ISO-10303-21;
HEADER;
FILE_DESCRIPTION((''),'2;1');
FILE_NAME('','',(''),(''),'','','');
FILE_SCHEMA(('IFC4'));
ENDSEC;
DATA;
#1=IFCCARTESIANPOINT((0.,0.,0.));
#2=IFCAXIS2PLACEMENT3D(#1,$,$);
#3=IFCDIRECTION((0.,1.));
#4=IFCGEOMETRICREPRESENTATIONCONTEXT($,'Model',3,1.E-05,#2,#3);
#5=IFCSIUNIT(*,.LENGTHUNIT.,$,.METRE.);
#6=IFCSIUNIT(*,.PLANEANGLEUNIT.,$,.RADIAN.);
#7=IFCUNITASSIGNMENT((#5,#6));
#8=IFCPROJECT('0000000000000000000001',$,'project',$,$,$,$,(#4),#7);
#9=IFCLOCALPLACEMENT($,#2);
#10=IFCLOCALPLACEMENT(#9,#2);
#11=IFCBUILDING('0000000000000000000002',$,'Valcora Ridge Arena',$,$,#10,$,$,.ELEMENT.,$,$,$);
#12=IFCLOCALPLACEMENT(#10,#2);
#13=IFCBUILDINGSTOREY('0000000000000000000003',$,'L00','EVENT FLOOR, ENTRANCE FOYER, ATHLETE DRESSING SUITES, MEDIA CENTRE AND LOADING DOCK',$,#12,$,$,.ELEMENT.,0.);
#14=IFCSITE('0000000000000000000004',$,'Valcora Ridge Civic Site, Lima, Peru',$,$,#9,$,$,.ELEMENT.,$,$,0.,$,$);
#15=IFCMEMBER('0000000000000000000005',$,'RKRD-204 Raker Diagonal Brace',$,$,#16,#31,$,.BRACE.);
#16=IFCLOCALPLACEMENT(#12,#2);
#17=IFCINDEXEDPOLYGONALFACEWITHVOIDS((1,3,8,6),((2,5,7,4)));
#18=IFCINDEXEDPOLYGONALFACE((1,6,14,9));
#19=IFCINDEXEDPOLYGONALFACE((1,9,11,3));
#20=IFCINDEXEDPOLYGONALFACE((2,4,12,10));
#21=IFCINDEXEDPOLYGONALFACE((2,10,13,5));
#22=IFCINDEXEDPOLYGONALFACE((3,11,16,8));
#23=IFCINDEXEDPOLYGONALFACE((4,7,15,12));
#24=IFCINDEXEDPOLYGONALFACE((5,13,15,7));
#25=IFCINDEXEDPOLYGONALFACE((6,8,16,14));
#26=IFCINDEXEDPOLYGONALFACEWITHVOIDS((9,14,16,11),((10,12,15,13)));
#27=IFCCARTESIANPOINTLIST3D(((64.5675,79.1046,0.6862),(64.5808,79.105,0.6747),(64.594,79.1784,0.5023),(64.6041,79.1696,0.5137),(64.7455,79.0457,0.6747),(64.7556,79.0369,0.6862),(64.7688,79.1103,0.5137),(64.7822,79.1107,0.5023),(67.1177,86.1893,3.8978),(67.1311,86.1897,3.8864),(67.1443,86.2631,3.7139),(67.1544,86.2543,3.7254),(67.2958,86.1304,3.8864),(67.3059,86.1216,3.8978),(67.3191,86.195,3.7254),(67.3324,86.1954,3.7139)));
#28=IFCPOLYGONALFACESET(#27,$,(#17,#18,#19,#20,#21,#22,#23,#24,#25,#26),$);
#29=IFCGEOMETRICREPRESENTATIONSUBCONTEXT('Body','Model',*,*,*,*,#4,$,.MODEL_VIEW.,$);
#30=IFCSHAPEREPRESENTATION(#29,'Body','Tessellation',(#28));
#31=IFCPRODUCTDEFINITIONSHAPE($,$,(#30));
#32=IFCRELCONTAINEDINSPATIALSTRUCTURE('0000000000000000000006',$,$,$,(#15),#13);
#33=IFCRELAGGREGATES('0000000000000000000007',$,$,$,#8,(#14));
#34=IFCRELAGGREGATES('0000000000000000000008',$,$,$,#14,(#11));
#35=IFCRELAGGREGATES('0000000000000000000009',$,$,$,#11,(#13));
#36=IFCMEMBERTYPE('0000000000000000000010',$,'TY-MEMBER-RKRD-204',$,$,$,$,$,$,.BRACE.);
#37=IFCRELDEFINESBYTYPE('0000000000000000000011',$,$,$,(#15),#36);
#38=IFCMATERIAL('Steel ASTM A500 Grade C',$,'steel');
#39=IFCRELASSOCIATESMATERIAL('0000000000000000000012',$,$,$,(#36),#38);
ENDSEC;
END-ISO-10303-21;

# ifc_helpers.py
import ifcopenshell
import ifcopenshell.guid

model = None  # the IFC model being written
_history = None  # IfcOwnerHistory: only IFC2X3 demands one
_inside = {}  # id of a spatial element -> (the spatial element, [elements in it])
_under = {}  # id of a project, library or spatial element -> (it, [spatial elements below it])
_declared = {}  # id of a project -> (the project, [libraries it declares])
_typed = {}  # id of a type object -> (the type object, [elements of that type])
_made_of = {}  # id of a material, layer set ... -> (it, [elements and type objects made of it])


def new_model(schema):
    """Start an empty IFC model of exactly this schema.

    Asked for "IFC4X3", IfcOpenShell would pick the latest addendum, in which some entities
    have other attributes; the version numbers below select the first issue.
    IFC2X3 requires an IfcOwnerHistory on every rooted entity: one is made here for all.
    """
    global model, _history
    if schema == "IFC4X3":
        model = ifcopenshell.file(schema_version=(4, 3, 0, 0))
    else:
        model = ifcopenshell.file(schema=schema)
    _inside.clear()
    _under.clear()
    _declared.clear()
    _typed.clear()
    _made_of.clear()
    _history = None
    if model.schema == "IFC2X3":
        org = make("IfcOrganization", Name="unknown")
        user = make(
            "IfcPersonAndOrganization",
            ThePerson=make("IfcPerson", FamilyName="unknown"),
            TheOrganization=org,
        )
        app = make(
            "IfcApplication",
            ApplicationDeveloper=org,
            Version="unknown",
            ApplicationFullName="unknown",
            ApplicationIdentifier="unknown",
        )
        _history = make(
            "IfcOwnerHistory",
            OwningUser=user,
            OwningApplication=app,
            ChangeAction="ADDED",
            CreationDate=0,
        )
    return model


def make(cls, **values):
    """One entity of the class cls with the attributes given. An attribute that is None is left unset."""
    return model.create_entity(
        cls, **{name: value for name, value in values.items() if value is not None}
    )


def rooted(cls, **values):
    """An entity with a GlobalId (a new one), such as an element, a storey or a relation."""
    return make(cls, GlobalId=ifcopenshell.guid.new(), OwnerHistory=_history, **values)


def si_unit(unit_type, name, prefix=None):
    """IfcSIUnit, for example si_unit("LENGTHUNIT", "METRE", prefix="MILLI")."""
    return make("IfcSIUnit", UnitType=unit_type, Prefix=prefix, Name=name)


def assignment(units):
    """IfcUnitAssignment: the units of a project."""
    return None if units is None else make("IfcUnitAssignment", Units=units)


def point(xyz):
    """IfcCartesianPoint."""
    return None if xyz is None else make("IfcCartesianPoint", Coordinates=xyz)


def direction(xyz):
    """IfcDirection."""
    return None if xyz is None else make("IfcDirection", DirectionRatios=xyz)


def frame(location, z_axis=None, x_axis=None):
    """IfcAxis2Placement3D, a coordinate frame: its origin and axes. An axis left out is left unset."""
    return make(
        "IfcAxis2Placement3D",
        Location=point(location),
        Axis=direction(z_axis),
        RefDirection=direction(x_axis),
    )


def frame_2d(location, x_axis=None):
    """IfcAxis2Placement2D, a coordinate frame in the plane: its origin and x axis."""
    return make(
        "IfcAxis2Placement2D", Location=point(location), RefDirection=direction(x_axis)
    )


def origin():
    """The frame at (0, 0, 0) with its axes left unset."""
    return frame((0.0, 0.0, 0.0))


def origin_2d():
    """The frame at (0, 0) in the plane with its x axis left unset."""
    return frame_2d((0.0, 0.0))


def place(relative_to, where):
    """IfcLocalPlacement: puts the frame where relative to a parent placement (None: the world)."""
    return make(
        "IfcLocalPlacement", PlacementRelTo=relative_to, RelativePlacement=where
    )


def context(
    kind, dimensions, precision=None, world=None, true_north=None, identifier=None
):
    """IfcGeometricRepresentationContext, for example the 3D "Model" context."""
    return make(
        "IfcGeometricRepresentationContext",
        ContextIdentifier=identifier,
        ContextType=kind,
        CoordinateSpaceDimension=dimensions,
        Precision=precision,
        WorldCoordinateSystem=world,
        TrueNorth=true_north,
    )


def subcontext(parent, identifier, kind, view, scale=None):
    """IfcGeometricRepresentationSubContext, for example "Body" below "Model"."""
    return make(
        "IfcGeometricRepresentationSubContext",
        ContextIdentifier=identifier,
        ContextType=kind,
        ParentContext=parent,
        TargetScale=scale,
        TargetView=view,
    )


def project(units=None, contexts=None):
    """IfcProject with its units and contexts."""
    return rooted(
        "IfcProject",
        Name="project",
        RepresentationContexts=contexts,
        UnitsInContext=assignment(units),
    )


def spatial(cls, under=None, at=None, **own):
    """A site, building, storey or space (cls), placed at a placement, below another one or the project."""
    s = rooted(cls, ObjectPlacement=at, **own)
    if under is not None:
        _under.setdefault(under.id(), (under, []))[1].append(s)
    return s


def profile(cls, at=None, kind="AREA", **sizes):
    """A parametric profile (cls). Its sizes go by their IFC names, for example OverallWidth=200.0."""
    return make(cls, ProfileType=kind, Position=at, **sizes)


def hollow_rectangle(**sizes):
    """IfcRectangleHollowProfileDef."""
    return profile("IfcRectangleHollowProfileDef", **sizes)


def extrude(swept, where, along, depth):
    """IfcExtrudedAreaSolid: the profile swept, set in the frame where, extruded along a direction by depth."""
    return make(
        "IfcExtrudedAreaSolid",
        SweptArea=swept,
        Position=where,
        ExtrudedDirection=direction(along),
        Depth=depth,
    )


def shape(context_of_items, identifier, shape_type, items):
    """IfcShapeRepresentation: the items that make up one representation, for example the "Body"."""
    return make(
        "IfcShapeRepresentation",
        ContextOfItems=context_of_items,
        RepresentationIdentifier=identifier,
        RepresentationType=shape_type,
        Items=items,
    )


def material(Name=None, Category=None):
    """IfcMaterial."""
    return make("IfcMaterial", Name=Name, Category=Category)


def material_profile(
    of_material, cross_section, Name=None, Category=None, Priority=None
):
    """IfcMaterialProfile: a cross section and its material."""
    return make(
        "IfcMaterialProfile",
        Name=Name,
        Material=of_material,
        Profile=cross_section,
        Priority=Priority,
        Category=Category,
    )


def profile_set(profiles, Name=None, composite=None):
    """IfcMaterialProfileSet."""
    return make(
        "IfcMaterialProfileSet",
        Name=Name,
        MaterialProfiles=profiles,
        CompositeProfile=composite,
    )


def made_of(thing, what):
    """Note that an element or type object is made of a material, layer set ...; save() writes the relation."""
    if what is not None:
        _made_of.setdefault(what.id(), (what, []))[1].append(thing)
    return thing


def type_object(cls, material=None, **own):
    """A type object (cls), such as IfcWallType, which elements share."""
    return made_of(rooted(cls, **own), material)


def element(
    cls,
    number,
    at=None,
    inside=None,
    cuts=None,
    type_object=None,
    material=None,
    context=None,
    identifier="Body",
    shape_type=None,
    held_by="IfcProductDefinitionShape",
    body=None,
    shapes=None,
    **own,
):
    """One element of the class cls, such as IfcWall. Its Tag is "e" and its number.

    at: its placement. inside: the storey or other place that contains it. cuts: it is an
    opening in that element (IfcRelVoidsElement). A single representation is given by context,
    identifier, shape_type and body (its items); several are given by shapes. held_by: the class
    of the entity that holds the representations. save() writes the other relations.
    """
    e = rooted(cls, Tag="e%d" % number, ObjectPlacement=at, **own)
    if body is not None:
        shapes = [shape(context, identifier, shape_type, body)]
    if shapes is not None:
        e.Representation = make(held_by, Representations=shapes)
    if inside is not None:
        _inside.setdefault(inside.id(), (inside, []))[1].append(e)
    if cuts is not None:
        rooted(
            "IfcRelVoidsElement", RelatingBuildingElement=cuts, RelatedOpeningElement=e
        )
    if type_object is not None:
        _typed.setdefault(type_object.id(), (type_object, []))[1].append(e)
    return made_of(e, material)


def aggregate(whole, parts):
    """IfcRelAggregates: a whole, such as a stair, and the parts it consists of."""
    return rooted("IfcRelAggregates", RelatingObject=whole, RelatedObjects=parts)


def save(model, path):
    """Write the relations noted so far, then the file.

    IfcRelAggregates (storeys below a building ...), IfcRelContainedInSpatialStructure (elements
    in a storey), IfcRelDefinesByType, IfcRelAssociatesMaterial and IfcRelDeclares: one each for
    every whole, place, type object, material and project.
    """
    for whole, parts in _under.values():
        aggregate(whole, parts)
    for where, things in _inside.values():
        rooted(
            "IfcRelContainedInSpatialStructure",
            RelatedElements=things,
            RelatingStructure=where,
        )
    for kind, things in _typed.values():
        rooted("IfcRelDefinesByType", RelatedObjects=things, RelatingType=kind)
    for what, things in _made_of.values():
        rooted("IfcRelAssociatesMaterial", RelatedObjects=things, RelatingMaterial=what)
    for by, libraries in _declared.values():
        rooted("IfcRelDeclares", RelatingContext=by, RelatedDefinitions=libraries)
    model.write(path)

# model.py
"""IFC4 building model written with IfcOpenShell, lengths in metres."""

from ifc_helpers import new_model, si_unit, direction, frame, origin, origin_2d, place, context, subcontext, project, spatial, hollow_rectangle, extrude, material, material_profile, profile_set, type_object, element, save


model = new_model("IFC4")

# Units and contexts
model_context = context("Model", 3, precision=1e-05, world=origin(), true_north=direction((0.0, 1.0)))
body_context = subcontext(model_context, "Body", "Model", "MODEL_VIEW")
ifc_project = project(units=[si_unit("LENGTHUNIT", "METRE"), si_unit("PLANEANGLEUNIT", "RADIAN")], contexts=[model_context])

# Site, building, storey
site_placement = place(None, origin())
site = spatial("IfcSite", under=ifc_project, at=site_placement, Name="Valcora Ridge Civic Site, Lima, Peru", CompositionType="ELEMENT", RefElevation=0.0)
building_placement = place(site_placement, origin())
building = spatial("IfcBuilding", under=site, at=building_placement, Name="Valcora Ridge Arena", CompositionType="ELEMENT")
storey_placement = place(building_placement, origin())
storey = spatial("IfcBuildingStorey", under=building, at=storey_placement, Name="L00", Description="EVENT FLOOR, ENTRANCE FOYER, ATHLETE DRESSING SUITES, MEDIA CENTRE AND LOADING DOCK", CompositionType="ELEMENT", Elevation=0.0)

# Member
ifc_material_1 = material(Name="Steel ASTM A500 Grade C", Category="steel")
ifc_material_profile_1 = material_profile(ifc_material_1, hollow_rectangle(XDim=0.2, YDim=0.2, WallThickness=0.0125, at=origin_2d()), Name="HSS200X200X12")
ifc_profile_set_1 = profile_set([ifc_material_profile_1], Name="Steel ASTM A500 Grade C")
member_type_1 = type_object("IfcMemberType", Name="TY-MEMBER-RKRD-204", PredefinedType="BRACE", material=ifc_profile_set_1)
member_1_placement = place(storey_placement, frame((64.6748, 79.1077, 0.5942), z_axis=(0.31154, 0.865458, 0.392333), x_axis=(-0.940896, 0.338695, 0.0)))
element("IfcMember", 1, at=member_1_placement, inside=storey, type_object=member_type_1, Name="RKRD-204 Raker Diagonal Brace", PredefinedType="BRACE", context=body_context, shape_type="SweptSolid", body=[
    extrude(hollow_rectangle(XDim=0.2, YDim=0.2, WallThickness=0.0125, at=origin_2d()), origin(), (0.0, 0.0, 1.0), 8.186),
])

save(model, "model.ifc")
